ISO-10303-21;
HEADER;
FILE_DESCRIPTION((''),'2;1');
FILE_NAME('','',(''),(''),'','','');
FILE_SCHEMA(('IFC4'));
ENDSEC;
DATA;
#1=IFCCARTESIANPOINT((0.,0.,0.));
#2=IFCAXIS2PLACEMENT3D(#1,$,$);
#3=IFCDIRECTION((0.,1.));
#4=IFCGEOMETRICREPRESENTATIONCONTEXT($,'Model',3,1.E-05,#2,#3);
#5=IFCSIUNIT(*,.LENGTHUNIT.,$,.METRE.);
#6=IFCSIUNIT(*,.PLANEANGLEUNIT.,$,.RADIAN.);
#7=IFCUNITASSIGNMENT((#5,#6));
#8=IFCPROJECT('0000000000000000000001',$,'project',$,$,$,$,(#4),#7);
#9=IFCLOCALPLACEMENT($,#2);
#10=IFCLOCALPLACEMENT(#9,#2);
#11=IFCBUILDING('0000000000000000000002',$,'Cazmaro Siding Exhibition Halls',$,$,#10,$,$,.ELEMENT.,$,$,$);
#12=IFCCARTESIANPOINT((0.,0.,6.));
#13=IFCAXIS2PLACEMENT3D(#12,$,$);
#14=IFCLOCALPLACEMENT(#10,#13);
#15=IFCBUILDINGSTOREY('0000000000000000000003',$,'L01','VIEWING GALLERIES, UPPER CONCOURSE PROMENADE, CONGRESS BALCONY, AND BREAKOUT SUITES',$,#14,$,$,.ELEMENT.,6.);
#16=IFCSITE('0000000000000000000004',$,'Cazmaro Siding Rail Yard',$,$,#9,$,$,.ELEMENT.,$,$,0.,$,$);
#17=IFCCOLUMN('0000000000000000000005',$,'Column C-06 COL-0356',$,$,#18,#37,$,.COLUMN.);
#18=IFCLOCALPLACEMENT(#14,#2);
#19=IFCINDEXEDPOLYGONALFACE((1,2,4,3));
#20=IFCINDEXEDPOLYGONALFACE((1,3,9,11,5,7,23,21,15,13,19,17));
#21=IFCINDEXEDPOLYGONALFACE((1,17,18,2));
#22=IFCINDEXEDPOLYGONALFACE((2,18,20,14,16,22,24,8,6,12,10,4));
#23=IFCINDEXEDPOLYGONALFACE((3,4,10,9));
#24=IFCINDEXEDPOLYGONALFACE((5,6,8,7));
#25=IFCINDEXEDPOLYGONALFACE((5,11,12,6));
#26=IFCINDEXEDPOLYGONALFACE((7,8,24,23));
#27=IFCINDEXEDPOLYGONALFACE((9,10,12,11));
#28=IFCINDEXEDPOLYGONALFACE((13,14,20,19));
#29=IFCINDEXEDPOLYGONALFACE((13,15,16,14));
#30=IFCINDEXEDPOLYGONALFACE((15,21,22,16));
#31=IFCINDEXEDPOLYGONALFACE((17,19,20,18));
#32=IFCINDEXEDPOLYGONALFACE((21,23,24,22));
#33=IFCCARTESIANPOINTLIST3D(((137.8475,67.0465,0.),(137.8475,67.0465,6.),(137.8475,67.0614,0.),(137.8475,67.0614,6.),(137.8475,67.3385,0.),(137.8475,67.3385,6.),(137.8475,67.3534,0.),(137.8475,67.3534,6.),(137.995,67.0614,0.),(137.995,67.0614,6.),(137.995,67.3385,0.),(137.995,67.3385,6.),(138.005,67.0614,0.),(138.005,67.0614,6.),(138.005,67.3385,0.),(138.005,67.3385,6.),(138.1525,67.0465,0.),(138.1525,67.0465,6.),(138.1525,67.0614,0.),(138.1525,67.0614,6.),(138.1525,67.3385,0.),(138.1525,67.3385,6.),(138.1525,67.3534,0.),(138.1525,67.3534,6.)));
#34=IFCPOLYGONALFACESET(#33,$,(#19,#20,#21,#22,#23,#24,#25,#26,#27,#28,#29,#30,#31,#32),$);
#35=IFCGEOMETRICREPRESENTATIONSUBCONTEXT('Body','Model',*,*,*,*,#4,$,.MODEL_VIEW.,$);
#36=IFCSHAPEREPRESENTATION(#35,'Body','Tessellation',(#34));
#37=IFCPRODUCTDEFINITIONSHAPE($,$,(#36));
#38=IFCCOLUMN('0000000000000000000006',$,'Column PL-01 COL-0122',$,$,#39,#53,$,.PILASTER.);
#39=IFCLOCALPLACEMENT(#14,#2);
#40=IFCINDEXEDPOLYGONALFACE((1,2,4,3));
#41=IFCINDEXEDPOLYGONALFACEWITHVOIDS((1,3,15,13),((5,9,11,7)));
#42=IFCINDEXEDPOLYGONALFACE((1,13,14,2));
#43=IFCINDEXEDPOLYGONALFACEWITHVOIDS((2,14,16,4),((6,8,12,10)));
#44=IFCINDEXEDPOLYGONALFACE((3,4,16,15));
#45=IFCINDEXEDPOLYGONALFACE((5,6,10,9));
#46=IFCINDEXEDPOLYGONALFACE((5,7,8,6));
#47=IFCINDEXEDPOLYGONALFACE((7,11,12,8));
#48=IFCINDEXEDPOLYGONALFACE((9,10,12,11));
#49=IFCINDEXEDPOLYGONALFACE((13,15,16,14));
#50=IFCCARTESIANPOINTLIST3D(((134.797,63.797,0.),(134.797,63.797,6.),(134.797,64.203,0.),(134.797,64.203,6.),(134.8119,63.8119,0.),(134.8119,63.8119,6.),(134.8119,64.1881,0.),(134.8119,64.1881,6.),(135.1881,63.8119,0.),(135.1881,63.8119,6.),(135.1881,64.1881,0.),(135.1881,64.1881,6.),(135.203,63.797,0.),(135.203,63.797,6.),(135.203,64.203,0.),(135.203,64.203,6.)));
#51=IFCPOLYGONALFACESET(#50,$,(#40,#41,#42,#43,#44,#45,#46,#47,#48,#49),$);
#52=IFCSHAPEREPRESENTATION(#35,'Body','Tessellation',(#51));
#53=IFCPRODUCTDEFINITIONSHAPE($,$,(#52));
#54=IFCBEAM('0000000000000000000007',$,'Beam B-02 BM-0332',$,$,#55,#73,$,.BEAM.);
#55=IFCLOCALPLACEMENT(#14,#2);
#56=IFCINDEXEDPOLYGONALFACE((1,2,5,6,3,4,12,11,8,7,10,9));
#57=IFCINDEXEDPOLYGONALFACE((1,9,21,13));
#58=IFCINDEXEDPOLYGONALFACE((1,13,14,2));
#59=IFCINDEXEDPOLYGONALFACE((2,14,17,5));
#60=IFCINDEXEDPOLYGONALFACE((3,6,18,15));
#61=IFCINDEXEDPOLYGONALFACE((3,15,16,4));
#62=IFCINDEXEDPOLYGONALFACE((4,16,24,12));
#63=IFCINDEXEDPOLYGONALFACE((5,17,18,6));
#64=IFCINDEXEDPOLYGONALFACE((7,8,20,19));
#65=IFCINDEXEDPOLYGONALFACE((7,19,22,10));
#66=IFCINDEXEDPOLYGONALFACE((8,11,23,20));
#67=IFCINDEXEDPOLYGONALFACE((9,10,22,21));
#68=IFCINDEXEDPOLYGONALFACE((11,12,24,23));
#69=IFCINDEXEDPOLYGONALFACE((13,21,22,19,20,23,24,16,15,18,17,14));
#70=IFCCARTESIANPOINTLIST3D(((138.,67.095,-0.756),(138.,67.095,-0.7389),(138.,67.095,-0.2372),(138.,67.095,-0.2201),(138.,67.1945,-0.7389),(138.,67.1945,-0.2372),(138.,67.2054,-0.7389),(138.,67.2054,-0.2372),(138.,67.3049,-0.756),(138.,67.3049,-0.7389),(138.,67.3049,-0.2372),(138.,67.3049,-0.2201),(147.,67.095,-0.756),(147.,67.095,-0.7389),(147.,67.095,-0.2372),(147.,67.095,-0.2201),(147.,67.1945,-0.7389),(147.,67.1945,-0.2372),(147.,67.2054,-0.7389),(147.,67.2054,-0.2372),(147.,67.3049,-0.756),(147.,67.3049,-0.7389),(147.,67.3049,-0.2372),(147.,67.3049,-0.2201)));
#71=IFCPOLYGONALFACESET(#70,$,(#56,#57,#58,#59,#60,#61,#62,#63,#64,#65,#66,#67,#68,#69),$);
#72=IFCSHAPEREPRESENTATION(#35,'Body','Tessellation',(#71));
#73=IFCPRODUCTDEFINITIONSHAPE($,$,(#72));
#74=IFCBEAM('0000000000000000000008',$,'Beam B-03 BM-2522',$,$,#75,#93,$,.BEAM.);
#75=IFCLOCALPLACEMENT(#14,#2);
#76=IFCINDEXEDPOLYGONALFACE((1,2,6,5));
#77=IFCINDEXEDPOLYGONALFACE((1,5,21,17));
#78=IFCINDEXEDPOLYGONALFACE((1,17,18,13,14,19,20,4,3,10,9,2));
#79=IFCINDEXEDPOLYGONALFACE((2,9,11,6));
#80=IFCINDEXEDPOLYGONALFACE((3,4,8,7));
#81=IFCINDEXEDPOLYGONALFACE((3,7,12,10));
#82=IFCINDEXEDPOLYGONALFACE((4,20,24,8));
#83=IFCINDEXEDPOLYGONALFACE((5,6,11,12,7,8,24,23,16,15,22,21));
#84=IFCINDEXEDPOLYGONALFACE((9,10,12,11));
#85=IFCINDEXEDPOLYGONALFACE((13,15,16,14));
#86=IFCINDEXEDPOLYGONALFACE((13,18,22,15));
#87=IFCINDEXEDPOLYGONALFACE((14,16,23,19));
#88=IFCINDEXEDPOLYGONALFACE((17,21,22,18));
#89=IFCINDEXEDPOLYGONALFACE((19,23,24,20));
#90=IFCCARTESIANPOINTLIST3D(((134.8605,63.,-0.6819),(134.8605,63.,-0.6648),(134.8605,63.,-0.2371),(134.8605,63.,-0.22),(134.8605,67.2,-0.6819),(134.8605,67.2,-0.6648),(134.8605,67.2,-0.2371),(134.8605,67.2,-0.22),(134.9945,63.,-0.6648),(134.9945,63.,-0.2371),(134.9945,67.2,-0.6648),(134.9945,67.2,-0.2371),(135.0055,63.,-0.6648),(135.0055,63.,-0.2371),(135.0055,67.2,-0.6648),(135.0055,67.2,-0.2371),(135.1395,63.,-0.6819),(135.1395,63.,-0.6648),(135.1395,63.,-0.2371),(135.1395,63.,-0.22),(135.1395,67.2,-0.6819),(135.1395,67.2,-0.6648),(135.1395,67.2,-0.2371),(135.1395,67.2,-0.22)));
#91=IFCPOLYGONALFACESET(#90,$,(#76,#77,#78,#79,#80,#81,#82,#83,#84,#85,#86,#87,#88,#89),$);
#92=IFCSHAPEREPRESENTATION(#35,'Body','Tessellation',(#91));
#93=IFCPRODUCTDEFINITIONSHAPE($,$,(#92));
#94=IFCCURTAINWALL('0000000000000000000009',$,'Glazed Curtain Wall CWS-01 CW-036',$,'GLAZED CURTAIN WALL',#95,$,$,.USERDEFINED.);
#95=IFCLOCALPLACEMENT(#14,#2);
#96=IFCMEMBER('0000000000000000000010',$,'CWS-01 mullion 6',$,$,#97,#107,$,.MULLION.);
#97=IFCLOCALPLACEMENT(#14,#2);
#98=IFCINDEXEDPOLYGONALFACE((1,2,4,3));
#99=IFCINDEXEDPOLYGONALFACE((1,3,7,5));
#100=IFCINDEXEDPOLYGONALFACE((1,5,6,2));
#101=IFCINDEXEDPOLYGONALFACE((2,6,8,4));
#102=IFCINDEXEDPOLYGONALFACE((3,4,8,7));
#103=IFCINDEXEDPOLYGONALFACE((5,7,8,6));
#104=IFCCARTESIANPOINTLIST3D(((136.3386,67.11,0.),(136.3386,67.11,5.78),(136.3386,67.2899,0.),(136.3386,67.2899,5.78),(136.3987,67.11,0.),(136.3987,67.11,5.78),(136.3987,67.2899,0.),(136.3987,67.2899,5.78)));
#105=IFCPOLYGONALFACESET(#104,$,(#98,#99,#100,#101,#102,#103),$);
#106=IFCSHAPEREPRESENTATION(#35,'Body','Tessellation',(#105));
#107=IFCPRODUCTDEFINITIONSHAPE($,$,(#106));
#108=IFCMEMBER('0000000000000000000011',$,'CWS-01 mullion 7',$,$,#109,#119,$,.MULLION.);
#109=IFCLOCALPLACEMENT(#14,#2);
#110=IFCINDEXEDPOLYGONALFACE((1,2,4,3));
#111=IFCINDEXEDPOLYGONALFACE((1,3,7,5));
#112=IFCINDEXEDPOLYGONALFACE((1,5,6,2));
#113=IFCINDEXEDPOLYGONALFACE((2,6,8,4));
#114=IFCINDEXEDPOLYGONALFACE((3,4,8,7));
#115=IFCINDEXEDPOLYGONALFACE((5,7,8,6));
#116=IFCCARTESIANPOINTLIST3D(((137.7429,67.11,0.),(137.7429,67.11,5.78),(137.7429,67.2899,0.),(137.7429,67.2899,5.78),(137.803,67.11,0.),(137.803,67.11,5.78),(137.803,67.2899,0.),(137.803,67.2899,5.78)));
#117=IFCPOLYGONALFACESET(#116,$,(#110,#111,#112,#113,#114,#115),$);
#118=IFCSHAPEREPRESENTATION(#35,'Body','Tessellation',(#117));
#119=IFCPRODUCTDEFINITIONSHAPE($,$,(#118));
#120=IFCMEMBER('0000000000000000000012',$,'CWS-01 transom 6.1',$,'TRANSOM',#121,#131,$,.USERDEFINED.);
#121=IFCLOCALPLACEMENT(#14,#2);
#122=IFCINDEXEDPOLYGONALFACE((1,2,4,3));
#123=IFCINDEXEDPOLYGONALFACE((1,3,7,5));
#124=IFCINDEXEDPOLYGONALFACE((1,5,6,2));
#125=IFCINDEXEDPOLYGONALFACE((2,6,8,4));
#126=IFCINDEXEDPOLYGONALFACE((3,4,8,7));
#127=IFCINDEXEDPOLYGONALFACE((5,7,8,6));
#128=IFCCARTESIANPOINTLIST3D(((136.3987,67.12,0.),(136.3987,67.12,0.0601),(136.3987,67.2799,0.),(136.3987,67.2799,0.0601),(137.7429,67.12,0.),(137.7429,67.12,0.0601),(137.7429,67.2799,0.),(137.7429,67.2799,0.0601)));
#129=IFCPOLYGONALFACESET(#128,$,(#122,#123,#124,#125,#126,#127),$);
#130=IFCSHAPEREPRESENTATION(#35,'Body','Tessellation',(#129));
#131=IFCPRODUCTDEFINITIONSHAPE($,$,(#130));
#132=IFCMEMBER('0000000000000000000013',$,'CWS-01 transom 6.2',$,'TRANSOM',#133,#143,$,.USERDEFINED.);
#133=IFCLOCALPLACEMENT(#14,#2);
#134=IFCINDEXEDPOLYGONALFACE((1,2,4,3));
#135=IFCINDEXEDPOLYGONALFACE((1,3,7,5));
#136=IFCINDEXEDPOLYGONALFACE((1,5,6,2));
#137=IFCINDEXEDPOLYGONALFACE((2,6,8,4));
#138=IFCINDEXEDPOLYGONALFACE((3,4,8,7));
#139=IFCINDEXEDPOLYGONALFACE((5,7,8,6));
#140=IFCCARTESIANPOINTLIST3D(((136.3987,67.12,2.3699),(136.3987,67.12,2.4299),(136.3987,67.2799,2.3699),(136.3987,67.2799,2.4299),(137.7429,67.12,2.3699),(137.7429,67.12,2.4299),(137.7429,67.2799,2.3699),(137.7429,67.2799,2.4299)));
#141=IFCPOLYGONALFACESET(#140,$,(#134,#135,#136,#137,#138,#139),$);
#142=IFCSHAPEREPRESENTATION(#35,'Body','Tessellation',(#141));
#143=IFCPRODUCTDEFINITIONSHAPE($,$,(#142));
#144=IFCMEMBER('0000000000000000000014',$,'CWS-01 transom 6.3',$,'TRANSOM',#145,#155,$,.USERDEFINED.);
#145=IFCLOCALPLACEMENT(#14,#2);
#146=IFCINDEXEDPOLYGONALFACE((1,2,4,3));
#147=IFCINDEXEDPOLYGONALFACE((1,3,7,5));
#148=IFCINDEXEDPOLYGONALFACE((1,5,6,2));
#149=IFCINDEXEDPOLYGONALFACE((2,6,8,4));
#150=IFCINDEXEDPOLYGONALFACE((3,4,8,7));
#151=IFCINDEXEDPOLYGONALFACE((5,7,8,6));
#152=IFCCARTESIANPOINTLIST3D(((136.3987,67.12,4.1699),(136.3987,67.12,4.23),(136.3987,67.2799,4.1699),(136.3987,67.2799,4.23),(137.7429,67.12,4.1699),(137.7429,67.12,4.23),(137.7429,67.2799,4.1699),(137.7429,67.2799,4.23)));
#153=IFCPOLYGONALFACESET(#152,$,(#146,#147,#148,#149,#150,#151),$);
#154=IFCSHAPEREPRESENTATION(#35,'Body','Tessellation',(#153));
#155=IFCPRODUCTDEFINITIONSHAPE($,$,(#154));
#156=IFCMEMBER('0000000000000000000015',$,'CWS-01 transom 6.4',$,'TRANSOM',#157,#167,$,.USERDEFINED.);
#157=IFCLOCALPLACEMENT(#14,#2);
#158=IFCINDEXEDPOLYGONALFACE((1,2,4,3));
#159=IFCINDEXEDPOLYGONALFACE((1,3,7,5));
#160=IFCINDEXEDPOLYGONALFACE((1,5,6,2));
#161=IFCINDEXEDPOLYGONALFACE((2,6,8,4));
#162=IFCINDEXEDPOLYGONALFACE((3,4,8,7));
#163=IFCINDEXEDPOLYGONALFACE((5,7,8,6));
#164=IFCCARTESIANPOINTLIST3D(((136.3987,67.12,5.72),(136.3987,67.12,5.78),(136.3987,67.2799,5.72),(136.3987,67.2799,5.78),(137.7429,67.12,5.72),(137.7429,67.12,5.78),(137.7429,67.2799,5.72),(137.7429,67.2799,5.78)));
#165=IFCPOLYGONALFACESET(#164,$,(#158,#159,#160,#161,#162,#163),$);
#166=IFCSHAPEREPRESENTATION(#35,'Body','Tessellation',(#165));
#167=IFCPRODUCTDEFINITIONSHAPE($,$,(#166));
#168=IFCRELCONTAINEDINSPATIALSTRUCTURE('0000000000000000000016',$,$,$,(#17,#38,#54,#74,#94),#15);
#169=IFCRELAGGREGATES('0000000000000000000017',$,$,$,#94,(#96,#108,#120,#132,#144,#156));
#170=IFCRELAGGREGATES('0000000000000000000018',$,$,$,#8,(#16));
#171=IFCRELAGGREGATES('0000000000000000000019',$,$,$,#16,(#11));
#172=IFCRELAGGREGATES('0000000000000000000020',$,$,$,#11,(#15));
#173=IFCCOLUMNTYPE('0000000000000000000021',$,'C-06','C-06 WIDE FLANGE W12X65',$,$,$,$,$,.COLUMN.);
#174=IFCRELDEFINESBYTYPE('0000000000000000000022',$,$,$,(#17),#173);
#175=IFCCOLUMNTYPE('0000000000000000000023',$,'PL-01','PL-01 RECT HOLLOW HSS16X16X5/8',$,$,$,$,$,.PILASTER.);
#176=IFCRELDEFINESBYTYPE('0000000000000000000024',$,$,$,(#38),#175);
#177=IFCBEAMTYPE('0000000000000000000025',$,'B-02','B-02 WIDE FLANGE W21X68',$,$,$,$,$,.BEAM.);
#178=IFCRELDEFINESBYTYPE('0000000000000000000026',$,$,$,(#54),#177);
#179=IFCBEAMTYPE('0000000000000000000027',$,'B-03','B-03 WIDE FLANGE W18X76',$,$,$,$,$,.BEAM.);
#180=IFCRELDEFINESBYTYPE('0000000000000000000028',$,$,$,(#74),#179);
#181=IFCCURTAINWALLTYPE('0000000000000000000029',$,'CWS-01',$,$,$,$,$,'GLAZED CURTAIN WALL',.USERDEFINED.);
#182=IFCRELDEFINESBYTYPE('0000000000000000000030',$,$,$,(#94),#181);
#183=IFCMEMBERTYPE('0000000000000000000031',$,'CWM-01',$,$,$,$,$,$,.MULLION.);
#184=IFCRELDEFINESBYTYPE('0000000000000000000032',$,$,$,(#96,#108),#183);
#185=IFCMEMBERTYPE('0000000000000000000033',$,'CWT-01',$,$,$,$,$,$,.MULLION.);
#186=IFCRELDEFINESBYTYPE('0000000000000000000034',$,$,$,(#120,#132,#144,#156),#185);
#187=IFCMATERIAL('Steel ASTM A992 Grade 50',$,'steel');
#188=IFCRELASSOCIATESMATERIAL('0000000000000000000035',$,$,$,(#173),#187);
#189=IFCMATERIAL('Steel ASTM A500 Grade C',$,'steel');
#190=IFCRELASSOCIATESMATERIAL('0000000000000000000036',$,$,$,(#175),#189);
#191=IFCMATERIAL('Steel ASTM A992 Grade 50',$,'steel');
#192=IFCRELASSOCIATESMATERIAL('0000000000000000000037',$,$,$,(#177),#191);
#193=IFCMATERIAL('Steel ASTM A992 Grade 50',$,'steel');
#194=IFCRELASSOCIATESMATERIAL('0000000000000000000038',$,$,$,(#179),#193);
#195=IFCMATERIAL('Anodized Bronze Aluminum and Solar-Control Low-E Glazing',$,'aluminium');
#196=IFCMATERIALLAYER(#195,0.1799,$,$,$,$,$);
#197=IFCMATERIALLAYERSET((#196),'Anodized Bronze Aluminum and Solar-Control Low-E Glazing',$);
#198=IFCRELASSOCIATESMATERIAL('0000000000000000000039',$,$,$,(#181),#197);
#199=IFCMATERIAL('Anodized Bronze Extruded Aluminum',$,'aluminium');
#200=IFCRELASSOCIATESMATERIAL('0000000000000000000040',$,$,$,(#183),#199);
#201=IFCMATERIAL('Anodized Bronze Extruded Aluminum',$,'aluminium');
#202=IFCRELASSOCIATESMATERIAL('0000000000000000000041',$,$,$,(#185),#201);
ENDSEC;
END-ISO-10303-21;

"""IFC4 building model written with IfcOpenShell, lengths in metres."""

from ifc_helpers import new_model, si_unit, direction, frame, origin, origin_2d, place, context, subcontext, project, spatial, rectangle, hollow_rectangle, i_section, extrude, material, layer, layer_set, material_profile, profile_set, type_object, element, aggregate, save


model = new_model("IFC4")

# Units and contexts
model_context = context("Model", 3, precision=1e-05, world=origin(), true_north=direction((0.0, 1.0)))
body_context = subcontext(model_context, "Body", "Model", "MODEL_VIEW")
ifc_project = project(units=[si_unit("LENGTHUNIT", "METRE"), si_unit("PLANEANGLEUNIT", "RADIAN")], contexts=[model_context])

# Site, building, storey
site_placement = place(None, origin())
site = spatial("IfcSite", under=ifc_project, at=site_placement, Name="Cazmaro Siding Rail Yard", CompositionType="ELEMENT", RefElevation=0.0)
building_placement = place(site_placement, origin())
building = spatial("IfcBuilding", under=site, at=building_placement, Name="Cazmaro Siding Exhibition Halls", CompositionType="ELEMENT")
storey_placement = place(building_placement, frame((0.0, 0.0, 6.0)))
storey = spatial("IfcBuildingStorey", under=building, at=storey_placement, Name="L01", Description="VIEWING GALLERIES, UPPER CONCOURSE PROMENADE, CONGRESS BALCONY, AND BREAKOUT SUITES", CompositionType="ELEMENT", Elevation=6.0)

# Columns
ifc_material_1 = material(Name="Steel ASTM A992 Grade 50", Category="steel")
ifc_material_profile_1 = material_profile(ifc_material_1, i_section(OverallWidth=0.3049, OverallDepth=0.3069, WebThickness=0.01, FlangeThickness=0.0149, at=origin_2d()), Name="W12X65")
ifc_profile_set_1 = profile_set([ifc_material_profile_1], Name="Steel ASTM A992 Grade 50")
column_type_1 = type_object("IfcColumnType", Name="C-06", Description="C-06 WIDE FLANGE W12X65", PredefinedType="COLUMN", material=ifc_profile_set_1)
column_1_placement = place(storey_placement, frame((138.0, 67.2, 0.0), z_axis=(0.0, 0.0, 1.0), x_axis=(1.0, 0.0, 0.0)))
element("IfcColumn", 1, at=column_1_placement, inside=storey, type_object=column_type_1, Name="Column C-06 COL-0356", PredefinedType="COLUMN", context=body_context, shape_type="SweptSolid", body=[
    extrude(i_section(OverallWidth=0.3049, OverallDepth=0.3069, WebThickness=0.01, FlangeThickness=0.0149, at=origin_2d()), origin(), (0.0, 0.0, 1.0), 6.0),
])
ifc_material_2 = material(Name="Steel ASTM A500 Grade C", Category="steel")
ifc_material_profile_2 = material_profile(ifc_material_2, hollow_rectangle(XDim=0.406, YDim=0.406, WallThickness=0.0149, at=origin_2d()), Name="HSS16X16X5/8")
ifc_profile_set_2 = profile_set([ifc_material_profile_2], Name="Steel ASTM A500 Grade C")
column_type_2 = type_object("IfcColumnType", Name="PL-01", Description="PL-01 RECT HOLLOW HSS16X16X5/8", PredefinedType="PILASTER", material=ifc_profile_set_2)
column_2_placement = place(storey_placement, frame((135.0, 64.0, 0.0), z_axis=(0.0, 0.0, 1.0), x_axis=(1.0, 0.0, 0.0)))
element("IfcColumn", 2, at=column_2_placement, inside=storey, type_object=column_type_2, Name="Column PL-01 COL-0122", PredefinedType="PILASTER", context=body_context, shape_type="SweptSolid", body=[
    extrude(hollow_rectangle(XDim=0.406, YDim=0.406, WallThickness=0.0149, at=origin_2d()), origin(), (0.0, 0.0, 1.0), 6.0),
])

# Beams
ifc_material_3 = material(Name="Steel ASTM A992 Grade 50", Category="steel")
ifc_material_profile_3 = material_profile(ifc_material_3, i_section(OverallWidth=0.21, OverallDepth=0.5359, WebThickness=0.011, FlangeThickness=0.0171, at=origin_2d()), Name="W21X68")
ifc_profile_set_3 = profile_set([ifc_material_profile_3], Name="Steel ASTM A992 Grade 50")
beam_type_1 = type_object("IfcBeamType", Name="B-02", Description="B-02 WIDE FLANGE W21X68", PredefinedType="BEAM", material=ifc_profile_set_3)
beam_1_placement = place(storey_placement, frame((138.0, 67.2, -0.488), z_axis=(1.0, 0.0, 0.0), x_axis=(0.0, 1.0, 0.0)))
element("IfcBeam", 3, at=beam_1_placement, inside=storey, type_object=beam_type_1, Name="Beam B-02 BM-0332", PredefinedType="BEAM", context=body_context, shape_type="SweptSolid", body=[
    extrude(i_section(OverallWidth=0.21, OverallDepth=0.5359, WebThickness=0.011, FlangeThickness=0.0171, at=origin_2d()), origin(), (0.0, 0.0, 1.0), 9.0),
])
ifc_material_4 = material(Name="Steel ASTM A992 Grade 50", Category="steel")
ifc_material_profile_4 = material_profile(ifc_material_4, i_section(OverallWidth=0.2791, OverallDepth=0.4619, WebThickness=0.011, FlangeThickness=0.0171, at=origin_2d()), Name="W18X76")
ifc_profile_set_4 = profile_set([ifc_material_profile_4], Name="Steel ASTM A992 Grade 50")
beam_type_2 = type_object("IfcBeamType", Name="B-03", Description="B-03 WIDE FLANGE W18X76", PredefinedType="BEAM", material=ifc_profile_set_4)
beam_2_placement = place(storey_placement, frame((135.0, 63.0, -0.4509), z_axis=(0.0, 1.0, 0.0), x_axis=(-1.0, 0.0, 0.0)))
element("IfcBeam", 4, at=beam_2_placement, inside=storey, type_object=beam_type_2, Name="Beam B-03 BM-2522", PredefinedType="BEAM", context=body_context, shape_type="SweptSolid", body=[
    extrude(i_section(OverallWidth=0.2791, OverallDepth=0.4619, WebThickness=0.011, FlangeThickness=0.0171, at=origin_2d()), origin(), (0.0, 0.0, 1.0), 4.2),
])

# Curtain wall, members
ifc_material_5 = material(Name="Anodized Bronze Aluminum and Solar-Control Low-E Glazing", Category="aluminium")
ifc_layer_1 = layer(ifc_material_5, 0.1799)
ifc_layer_set_1 = layer_set([ifc_layer_1], Name="Anodized Bronze Aluminum and Solar-Control Low-E Glazing")
curtain_wall_type = type_object("IfcCurtainWallType", Name="CWS-01", ElementType="GLAZED CURTAIN WALL", PredefinedType="USERDEFINED", material=ifc_layer_set_1)
curtain_wall_placement = place(storey_placement, origin())
curtain_wall = element("IfcCurtainWall", 5, at=curtain_wall_placement, inside=storey, type_object=curtain_wall_type, Name="Glazed Curtain Wall CWS-01 CW-036", ObjectType="GLAZED CURTAIN WALL", PredefinedType="USERDEFINED")
ifc_material_6 = material(Name="Anodized Bronze Extruded Aluminum", Category="aluminium")
ifc_material_profile_5 = material_profile(ifc_material_6, rectangle(XDim=0.1799, YDim=0.0601, at=origin_2d()), Name="CWM-01")
ifc_profile_set_5 = profile_set([ifc_material_profile_5], Name="Anodized Bronze Extruded Aluminum")
member_type_1 = type_object("IfcMemberType", Name="CWM-01", PredefinedType="MULLION", material=ifc_profile_set_5)
member_1_placement = place(storey_placement, frame((136.3687, 67.2, 0.0), z_axis=(0.0, 0.0, 1.0), x_axis=(0.0, 1.0, 0.0)))
member_1 = element("IfcMember", 6, at=member_1_placement, type_object=member_type_1, Name="CWS-01 mullion 6", PredefinedType="MULLION", context=body_context, shape_type="SweptSolid", body=[
    extrude(rectangle(XDim=0.1799, YDim=0.0601, at=origin_2d()), origin(), (0.0, 0.0, 1.0), 5.78),
])
member_2_placement = place(storey_placement, frame((137.7729, 67.2, 0.0), z_axis=(0.0, 0.0, 1.0), x_axis=(0.0, 1.0, 0.0)))
member_2 = element("IfcMember", 7, at=member_2_placement, type_object=member_type_1, Name="CWS-01 mullion 7", PredefinedType="MULLION", context=body_context, shape_type="SweptSolid", body=[
    extrude(rectangle(XDim=0.1799, YDim=0.0601, at=origin_2d()), origin(), (0.0, 0.0, 1.0), 5.78),
])
ifc_material_7 = material(Name="Anodized Bronze Extruded Aluminum", Category="aluminium")
ifc_material_profile_6 = material_profile(ifc_material_7, rectangle(XDim=0.1599, YDim=0.0601, at=origin_2d()), Name="CWT-01")
ifc_profile_set_6 = profile_set([ifc_material_profile_6], Name="Anodized Bronze Extruded Aluminum")
member_type_2 = type_object("IfcMemberType", Name="CWT-01", PredefinedType="MULLION", material=ifc_profile_set_6)
member_3_placement = place(storey_placement, frame((136.3987, 67.2, 0.03), z_axis=(1.0, 0.0, 0.0), x_axis=(0.0, 1.0, 0.0)))
member_3 = element("IfcMember", 8, at=member_3_placement, type_object=member_type_2, Name="CWS-01 transom 6.1", ObjectType="TRANSOM", PredefinedType="USERDEFINED", context=body_context, shape_type="SweptSolid", body=[
    extrude(rectangle(XDim=0.1599, YDim=0.0601, at=origin_2d()), origin(), (0.0, 0.0, 1.0), 1.3442),
])
member_4_placement = place(storey_placement, frame((136.3987, 67.2, 2.3999), z_axis=(1.0, 0.0, 0.0), x_axis=(0.0, 1.0, 0.0)))
member_4 = element("IfcMember", 9, at=member_4_placement, type_object=member_type_2, Name="CWS-01 transom 6.2", ObjectType="TRANSOM", PredefinedType="USERDEFINED", context=body_context, shape_type="SweptSolid", body=[
    extrude(rectangle(XDim=0.1599, YDim=0.0601, at=origin_2d()), origin(), (0.0, 0.0, 1.0), 1.3442),
])
member_5_placement = place(storey_placement, frame((136.3987, 67.2, 4.2), z_axis=(1.0, 0.0, 0.0), x_axis=(0.0, 1.0, 0.0)))
member_5 = element("IfcMember", 10, at=member_5_placement, type_object=member_type_2, Name="CWS-01 transom 6.3", ObjectType="TRANSOM", PredefinedType="USERDEFINED", context=body_context, shape_type="SweptSolid", body=[
    extrude(rectangle(XDim=0.1599, YDim=0.0601, at=origin_2d()), origin(), (0.0, 0.0, 1.0), 1.3442),
])
member_6_placement = place(storey_placement, frame((136.3987, 67.2, 5.75), z_axis=(1.0, 0.0, 0.0), x_axis=(0.0, 1.0, 0.0)))
member_6 = element("IfcMember", 11, at=member_6_placement, type_object=member_type_2, Name="CWS-01 transom 6.4", ObjectType="TRANSOM", PredefinedType="USERDEFINED", context=body_context, shape_type="SweptSolid", body=[
    extrude(rectangle(XDim=0.1599, YDim=0.0601, at=origin_2d()), origin(), (0.0, 0.0, 1.0), 1.3442),
])

aggregate(curtain_wall, [member_1, member_2, member_3, member_4, member_5, member_6])

save(model, "model.ifc")
